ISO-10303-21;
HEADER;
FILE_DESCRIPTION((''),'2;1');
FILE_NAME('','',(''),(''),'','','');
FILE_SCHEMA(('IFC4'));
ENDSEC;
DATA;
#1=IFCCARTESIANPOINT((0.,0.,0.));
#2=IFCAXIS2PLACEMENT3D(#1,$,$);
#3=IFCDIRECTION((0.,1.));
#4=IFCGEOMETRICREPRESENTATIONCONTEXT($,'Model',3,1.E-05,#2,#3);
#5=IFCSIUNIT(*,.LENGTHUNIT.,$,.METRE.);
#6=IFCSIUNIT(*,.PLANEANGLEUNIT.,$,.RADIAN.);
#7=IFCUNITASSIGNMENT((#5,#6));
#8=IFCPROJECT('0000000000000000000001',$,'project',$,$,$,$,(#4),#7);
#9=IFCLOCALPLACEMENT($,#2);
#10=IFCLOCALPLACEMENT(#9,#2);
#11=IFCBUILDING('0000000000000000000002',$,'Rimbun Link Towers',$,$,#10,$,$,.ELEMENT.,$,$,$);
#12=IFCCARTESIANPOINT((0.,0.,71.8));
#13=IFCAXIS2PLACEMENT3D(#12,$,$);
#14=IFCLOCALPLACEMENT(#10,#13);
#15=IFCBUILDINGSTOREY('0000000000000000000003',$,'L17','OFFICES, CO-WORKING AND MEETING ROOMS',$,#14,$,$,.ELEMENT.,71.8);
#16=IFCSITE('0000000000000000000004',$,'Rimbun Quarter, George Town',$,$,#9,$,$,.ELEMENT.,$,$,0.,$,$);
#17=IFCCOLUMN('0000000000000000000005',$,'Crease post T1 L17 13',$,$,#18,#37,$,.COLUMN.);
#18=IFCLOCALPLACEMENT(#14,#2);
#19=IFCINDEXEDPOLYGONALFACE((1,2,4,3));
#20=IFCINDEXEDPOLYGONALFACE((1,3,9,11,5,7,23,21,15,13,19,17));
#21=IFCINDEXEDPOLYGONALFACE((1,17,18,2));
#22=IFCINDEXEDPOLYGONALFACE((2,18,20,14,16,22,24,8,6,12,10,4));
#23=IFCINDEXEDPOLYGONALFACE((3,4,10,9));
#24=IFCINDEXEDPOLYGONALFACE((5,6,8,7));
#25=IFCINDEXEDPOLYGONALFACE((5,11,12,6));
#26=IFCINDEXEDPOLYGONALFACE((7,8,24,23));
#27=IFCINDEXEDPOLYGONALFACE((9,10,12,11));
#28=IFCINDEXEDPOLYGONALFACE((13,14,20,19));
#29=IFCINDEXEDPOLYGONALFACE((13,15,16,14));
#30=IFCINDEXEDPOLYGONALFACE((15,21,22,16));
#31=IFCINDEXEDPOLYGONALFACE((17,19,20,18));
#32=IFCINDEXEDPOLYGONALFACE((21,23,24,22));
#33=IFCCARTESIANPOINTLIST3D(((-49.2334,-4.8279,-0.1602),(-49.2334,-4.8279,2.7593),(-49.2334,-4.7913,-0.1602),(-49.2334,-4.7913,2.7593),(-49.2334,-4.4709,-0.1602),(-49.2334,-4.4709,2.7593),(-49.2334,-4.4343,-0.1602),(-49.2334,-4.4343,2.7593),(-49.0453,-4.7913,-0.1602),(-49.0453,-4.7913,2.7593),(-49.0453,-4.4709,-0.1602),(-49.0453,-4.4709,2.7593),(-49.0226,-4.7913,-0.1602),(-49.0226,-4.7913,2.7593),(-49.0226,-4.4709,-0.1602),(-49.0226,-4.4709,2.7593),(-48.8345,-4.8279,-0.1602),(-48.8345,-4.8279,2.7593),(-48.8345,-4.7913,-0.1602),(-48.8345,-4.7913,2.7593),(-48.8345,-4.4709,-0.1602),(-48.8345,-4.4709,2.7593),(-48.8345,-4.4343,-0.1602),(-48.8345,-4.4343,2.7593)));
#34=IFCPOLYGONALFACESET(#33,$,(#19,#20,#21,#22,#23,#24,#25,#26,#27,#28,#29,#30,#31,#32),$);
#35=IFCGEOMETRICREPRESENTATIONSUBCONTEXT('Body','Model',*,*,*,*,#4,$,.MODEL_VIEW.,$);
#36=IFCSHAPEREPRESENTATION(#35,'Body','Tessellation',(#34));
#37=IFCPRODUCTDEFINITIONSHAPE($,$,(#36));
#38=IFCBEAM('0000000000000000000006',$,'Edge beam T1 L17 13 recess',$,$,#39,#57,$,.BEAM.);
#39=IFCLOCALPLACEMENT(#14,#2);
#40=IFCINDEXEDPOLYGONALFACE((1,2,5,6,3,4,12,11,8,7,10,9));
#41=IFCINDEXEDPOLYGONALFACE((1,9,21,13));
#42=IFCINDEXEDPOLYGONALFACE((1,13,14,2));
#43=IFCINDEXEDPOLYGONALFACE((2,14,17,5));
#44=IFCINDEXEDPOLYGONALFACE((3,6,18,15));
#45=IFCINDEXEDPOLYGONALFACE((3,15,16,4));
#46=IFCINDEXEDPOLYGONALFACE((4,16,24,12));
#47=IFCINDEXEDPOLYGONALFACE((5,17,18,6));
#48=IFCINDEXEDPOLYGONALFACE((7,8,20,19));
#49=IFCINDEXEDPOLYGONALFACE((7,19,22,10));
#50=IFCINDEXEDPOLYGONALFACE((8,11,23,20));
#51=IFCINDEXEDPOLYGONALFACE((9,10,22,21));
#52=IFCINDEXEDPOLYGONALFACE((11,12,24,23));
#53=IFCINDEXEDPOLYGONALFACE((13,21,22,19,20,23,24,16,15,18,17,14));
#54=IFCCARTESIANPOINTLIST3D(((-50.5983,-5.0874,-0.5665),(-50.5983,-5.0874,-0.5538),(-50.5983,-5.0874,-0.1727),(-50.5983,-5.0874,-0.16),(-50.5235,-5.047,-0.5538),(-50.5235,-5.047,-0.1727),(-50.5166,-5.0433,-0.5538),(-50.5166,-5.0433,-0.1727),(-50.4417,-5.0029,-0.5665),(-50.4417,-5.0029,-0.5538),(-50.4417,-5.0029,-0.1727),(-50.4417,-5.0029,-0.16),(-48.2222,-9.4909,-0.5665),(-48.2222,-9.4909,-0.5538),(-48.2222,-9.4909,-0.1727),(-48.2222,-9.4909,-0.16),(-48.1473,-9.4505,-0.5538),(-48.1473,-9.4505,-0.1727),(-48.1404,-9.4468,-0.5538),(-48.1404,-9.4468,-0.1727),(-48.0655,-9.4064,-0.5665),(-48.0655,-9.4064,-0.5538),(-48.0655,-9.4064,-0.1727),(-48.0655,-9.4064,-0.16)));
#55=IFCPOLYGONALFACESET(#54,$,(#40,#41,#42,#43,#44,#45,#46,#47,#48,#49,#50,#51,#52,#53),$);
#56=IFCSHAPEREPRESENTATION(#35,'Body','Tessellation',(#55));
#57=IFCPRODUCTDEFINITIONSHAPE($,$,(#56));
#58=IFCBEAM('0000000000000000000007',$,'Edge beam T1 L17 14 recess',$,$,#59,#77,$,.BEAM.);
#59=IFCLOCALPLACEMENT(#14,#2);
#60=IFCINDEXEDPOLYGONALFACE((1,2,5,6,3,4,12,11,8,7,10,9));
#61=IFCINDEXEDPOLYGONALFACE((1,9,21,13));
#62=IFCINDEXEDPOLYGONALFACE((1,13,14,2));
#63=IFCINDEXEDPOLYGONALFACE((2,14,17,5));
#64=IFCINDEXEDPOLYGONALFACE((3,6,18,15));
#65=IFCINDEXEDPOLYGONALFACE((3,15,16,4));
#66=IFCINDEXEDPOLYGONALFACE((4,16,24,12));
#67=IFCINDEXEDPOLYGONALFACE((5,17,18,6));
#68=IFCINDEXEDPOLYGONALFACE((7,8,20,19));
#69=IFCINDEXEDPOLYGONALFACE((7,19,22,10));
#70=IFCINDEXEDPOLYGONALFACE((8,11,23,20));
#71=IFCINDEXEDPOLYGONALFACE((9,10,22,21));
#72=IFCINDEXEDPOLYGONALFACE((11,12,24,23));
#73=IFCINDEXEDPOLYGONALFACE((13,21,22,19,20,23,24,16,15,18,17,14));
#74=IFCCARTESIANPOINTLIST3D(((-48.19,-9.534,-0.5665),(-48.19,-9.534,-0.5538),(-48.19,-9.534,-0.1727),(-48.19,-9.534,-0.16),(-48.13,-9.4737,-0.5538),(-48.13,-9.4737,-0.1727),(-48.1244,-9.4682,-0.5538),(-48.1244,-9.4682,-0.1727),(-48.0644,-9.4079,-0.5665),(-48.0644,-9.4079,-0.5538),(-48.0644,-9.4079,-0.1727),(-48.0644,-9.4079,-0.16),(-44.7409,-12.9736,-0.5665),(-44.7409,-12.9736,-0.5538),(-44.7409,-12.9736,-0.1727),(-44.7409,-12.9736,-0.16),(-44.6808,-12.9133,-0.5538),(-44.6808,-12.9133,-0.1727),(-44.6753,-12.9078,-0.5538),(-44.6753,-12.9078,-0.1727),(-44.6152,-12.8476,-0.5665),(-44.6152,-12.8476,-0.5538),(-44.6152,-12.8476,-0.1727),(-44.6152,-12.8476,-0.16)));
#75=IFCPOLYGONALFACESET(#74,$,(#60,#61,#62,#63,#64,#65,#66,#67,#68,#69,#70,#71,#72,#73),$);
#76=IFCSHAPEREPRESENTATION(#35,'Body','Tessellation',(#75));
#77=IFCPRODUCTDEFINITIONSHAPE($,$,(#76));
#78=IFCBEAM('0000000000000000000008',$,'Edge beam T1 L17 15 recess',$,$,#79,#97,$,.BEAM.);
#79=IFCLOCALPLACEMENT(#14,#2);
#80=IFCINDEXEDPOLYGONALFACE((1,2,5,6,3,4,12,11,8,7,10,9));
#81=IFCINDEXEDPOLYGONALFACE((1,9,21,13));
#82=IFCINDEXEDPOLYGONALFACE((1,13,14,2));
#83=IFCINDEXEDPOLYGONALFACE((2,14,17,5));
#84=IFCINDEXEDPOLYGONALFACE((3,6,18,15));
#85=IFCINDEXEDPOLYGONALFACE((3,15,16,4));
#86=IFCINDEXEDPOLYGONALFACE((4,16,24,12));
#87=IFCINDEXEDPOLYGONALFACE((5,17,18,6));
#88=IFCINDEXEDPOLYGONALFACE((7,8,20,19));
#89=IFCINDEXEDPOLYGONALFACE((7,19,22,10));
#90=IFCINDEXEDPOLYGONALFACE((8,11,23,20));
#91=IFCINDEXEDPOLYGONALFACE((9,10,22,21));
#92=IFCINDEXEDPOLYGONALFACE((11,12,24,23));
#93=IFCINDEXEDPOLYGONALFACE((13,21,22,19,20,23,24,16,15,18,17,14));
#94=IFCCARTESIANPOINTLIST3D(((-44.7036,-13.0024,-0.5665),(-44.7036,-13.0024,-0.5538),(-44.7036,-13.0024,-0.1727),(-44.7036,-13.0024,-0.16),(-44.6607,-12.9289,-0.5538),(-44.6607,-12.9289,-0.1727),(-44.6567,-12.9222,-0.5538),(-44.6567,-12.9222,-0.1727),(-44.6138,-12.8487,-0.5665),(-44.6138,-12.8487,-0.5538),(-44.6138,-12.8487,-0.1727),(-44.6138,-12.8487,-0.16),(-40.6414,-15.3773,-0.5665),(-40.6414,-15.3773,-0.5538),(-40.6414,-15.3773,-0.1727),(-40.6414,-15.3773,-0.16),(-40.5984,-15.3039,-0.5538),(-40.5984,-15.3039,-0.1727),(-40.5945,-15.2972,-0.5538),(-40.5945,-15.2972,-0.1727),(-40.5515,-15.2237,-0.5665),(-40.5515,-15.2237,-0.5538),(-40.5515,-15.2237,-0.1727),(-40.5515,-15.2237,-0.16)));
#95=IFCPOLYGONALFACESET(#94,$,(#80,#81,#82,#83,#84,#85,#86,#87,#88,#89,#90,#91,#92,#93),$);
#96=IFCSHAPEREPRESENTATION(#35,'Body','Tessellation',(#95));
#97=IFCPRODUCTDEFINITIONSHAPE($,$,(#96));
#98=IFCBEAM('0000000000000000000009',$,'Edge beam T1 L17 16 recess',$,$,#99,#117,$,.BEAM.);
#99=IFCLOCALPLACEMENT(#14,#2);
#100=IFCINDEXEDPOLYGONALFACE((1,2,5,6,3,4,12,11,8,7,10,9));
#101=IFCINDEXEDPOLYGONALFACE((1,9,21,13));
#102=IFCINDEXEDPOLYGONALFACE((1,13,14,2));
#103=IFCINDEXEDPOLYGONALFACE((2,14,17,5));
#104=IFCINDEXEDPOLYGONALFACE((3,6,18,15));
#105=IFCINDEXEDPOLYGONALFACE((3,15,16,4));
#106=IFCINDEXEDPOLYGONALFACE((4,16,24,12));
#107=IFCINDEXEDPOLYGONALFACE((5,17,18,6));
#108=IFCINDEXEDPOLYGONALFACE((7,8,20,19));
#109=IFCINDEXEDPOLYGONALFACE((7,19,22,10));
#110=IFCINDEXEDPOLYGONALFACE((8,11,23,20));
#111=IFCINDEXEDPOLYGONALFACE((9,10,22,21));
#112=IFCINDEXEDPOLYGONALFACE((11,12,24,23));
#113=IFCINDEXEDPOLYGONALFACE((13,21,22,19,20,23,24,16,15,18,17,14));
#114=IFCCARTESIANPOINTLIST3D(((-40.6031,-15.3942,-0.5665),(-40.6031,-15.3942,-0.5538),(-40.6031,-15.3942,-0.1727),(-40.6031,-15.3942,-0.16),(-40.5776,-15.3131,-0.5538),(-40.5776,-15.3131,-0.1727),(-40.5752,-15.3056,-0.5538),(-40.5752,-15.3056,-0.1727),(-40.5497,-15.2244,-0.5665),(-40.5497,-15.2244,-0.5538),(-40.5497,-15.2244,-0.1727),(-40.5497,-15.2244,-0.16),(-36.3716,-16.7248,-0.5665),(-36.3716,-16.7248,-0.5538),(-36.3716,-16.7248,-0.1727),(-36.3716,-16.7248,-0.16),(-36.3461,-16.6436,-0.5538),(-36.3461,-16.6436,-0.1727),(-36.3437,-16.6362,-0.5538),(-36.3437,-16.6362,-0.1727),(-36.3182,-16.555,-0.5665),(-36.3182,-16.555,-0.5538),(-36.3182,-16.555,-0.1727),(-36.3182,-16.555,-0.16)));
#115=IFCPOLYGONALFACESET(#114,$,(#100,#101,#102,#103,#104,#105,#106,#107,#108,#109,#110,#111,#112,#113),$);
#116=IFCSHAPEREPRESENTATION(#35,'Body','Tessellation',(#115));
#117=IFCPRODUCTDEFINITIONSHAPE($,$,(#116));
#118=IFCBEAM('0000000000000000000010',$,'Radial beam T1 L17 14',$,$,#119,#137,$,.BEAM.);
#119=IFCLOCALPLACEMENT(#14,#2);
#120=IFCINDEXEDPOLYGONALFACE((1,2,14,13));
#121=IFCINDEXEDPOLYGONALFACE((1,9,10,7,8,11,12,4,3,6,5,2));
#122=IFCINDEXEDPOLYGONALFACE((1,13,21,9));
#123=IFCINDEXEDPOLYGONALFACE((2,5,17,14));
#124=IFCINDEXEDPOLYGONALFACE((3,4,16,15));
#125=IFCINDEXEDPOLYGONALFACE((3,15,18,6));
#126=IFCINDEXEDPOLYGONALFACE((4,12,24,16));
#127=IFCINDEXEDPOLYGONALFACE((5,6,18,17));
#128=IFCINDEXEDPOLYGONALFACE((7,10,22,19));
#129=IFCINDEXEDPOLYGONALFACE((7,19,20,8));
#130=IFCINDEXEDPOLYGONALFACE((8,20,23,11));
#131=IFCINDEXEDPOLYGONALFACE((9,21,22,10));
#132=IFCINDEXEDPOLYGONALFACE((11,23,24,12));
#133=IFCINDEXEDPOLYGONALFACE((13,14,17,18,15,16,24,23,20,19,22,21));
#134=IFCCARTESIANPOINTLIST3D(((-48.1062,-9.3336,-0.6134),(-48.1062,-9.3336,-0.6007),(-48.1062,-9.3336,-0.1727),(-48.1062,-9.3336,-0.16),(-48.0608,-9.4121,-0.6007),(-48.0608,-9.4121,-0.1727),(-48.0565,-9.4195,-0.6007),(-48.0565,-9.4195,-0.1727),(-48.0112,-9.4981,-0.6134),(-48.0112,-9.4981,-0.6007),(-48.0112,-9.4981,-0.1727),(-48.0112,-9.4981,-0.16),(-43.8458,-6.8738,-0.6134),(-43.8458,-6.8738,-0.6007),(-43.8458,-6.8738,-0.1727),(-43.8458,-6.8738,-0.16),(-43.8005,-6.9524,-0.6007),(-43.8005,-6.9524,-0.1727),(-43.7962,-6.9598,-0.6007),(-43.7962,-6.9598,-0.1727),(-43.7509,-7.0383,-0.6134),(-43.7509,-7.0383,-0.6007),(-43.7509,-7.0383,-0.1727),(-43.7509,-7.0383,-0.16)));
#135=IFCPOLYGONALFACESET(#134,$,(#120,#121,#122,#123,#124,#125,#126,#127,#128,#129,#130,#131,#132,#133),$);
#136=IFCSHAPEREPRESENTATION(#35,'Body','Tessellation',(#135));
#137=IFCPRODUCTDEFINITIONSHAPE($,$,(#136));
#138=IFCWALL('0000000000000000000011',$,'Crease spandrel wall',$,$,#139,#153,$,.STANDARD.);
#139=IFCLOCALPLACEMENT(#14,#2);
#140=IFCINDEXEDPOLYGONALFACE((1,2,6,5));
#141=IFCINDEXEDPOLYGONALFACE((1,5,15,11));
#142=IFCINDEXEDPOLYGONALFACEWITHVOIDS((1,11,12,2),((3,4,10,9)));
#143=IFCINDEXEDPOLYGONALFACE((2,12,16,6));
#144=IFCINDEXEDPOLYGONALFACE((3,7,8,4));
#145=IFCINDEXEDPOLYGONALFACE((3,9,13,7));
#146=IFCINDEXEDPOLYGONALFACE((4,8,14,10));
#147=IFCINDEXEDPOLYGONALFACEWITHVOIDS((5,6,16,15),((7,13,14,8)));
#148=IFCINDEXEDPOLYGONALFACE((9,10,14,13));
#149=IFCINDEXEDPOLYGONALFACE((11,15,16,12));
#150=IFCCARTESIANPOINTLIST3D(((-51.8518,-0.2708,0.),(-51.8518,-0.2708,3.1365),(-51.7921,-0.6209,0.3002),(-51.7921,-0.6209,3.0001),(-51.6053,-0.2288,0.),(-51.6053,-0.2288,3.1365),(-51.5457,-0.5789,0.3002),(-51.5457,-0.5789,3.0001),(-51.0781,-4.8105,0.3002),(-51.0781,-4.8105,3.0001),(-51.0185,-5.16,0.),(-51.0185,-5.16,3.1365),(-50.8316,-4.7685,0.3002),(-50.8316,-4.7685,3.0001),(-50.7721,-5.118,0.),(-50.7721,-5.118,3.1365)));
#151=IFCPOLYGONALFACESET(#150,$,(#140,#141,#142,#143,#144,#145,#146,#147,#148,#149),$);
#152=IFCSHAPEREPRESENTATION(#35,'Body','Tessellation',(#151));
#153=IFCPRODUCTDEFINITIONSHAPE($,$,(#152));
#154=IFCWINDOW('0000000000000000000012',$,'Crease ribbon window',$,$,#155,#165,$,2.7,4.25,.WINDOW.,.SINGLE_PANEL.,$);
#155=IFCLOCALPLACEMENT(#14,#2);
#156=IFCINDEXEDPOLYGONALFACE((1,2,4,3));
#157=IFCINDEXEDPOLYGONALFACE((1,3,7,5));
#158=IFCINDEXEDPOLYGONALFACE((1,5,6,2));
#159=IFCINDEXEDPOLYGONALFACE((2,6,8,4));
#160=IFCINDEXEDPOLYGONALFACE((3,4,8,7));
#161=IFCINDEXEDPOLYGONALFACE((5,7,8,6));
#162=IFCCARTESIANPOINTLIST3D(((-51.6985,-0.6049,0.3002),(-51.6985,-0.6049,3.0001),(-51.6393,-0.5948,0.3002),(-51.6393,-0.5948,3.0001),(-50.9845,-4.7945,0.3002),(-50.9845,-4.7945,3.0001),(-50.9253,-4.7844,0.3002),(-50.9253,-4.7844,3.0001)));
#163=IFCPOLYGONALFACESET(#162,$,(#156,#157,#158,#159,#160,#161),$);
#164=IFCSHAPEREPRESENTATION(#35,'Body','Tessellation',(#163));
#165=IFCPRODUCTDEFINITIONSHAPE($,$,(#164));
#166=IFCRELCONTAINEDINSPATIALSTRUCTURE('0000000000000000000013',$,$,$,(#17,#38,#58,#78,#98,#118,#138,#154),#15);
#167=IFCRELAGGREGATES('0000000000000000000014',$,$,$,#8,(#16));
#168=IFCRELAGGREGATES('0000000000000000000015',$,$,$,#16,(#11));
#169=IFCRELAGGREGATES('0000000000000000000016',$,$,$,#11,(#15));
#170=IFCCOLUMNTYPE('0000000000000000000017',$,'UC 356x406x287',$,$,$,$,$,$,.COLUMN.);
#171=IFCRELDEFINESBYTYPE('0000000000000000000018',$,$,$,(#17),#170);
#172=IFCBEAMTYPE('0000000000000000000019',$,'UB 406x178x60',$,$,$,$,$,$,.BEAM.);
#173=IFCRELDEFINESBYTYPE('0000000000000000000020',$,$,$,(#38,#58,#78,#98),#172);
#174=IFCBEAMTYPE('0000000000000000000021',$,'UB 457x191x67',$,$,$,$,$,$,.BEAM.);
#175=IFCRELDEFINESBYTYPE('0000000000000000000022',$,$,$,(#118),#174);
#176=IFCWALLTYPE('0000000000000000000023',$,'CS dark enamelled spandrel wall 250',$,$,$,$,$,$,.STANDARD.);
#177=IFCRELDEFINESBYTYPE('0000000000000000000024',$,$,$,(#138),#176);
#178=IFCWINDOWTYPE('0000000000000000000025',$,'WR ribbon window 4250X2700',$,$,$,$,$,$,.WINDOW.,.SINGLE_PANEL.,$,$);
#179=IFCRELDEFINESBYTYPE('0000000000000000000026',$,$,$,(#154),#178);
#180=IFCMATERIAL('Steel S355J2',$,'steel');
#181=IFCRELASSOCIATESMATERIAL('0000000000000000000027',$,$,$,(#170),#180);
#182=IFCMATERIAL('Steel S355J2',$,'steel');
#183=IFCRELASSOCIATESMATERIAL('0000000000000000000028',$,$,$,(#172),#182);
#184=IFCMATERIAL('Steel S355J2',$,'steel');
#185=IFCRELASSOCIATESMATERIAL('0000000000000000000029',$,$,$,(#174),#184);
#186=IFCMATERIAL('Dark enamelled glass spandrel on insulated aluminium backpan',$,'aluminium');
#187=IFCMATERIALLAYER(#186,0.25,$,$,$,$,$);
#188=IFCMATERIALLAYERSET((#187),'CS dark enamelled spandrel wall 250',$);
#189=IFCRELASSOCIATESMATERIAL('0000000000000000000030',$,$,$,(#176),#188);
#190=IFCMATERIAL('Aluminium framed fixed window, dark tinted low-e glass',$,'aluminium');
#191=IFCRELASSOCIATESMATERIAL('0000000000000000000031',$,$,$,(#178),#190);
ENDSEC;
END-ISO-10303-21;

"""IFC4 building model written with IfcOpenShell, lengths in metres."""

from ifc_helpers import new_model, si_unit, direction, frame, frame_2d, origin, origin_2d, place, context, subcontext, project, spatial, rectangle, i_section, extrude, material, layer, layer_set, material_profile, profile_set, type_object, element, fill, save


model = new_model("IFC4")

# Units and contexts
model_context = context("Model", 3, precision=1e-05, world=origin(), true_north=direction((0.0, 1.0)))
body_context = subcontext(model_context, "Body", "Model", "MODEL_VIEW")
ifc_project = project(units=[si_unit("LENGTHUNIT", "METRE"), si_unit("PLANEANGLEUNIT", "RADIAN")], contexts=[model_context])

# Site, building, storey
site_placement = place(None, origin())
site = spatial("IfcSite", under=ifc_project, at=site_placement, Name="Rimbun Quarter, George Town", CompositionType="ELEMENT", RefElevation=0.0)
building_placement = place(site_placement, origin())
building = spatial("IfcBuilding", under=site, at=building_placement, Name="Rimbun Link Towers", CompositionType="ELEMENT")
storey_placement = place(building_placement, frame((0.0, 0.0, 71.8)))
storey = spatial("IfcBuildingStorey", under=building, at=storey_placement, Name="L17", Description="OFFICES, CO-WORKING AND MEETING ROOMS", CompositionType="ELEMENT", Elevation=71.8)

# Column
ifc_material_1 = material(Name="Steel S355J2", Category="steel")
ifc_material_profile_1 = material_profile(ifc_material_1, i_section(OverallWidth=0.3989, OverallDepth=0.3936, WebThickness=0.0227, FlangeThickness=0.0366, at=origin_2d()), Name="UC 356x406x287")
ifc_profile_set_1 = profile_set([ifc_material_profile_1], Name="Steel S355J2")
column_type = type_object("IfcColumnType", Name="UC 356x406x287", PredefinedType="COLUMN", material=ifc_profile_set_1)
column_placement = place(storey_placement, frame((-49.0339, -4.6311, -0.1602), z_axis=(0.0, 0.0, 1.0), x_axis=(1.0, 0.0, 0.0)))
element("IfcColumn", 1, at=column_placement, inside=storey, type_object=column_type, Name="Crease post T1 L17 13", PredefinedType="COLUMN", context=body_context, shape_type="SweptSolid", body=[
    extrude(i_section(OverallWidth=0.3989, OverallDepth=0.3936, WebThickness=0.0227, FlangeThickness=0.0366, at=origin_2d()), origin(), (0.0, 0.0, 1.0), 2.9194),
])

# Beams
ifc_material_2 = material(Name="Steel S355J2", Category="steel")
ifc_material_profile_2 = material_profile(ifc_material_2, i_section(OverallWidth=0.178, OverallDepth=0.4065, WebThickness=0.0078, FlangeThickness=0.0127, at=origin_2d()), Name="UB 406x178x60")
ifc_profile_set_2 = profile_set([ifc_material_profile_2], Name="Steel S355J2")
beam_type_1 = type_object("IfcBeamType", Name="UB 406x178x60", PredefinedType="BEAM", material=ifc_profile_set_2)
beam_1_placement = place(storey_placement, frame((-50.52, -5.0452, -0.3633), z_axis=(0.474885, -0.880048, 0.0), x_axis=(0.880048, 0.474885, 0.0)))
element("IfcBeam", 2, at=beam_1_placement, inside=storey, type_object=beam_type_1, Name="Edge beam T1 L17 13 recess", PredefinedType="BEAM", context=body_context, shape_type="SweptSolid", body=[
    extrude(i_section(OverallWidth=0.178, OverallDepth=0.4065, WebThickness=0.0078, FlangeThickness=0.0127, at=origin_2d()), origin(), (0.0, 0.0, 1.0), 5.0037),
])
beam_2_placement = place(storey_placement, frame((-48.1272, -9.4709, -0.3633), z_axis=(0.708083, -0.706129, 0.0), x_axis=(0.706129, 0.708083, 0.0)))
element("IfcBeam", 3, at=beam_2_placement, inside=storey, type_object=beam_type_1, Name="Edge beam T1 L17 14 recess", PredefinedType="BEAM", context=body_context, shape_type="SweptSolid", body=[
    extrude(i_section(OverallWidth=0.178, OverallDepth=0.4065, WebThickness=0.0078, FlangeThickness=0.0127, at=origin_2d()), origin(), (0.0, 0.0, 1.0), 4.8711),
])
beam_3_placement = place(storey_placement, frame((-44.6587, -12.9255, -0.3633), z_axis=(0.863284, -0.504719, 0.0), x_axis=(0.504719, 0.863284, 0.0)))
element("IfcBeam", 4, at=beam_3_placement, inside=storey, type_object=beam_type_1, Name="Edge beam T1 L17 15 recess", PredefinedType="BEAM", context=body_context, shape_type="SweptSolid", body=[
    extrude(i_section(OverallWidth=0.178, OverallDepth=0.4065, WebThickness=0.0078, FlangeThickness=0.0127, at=origin_2d()), origin(), (0.0, 0.0, 1.0), 4.7056),
])
beam_4_placement = place(storey_placement, frame((-40.5764, -15.3093, -0.3633), z_axis=(0.95395, -0.299967, 0.0), x_axis=(0.299967, 0.95395, 0.0)))
element("IfcBeam", 5, at=beam_4_placement, inside=storey, type_object=beam_type_1, Name="Edge beam T1 L17 16 recess", PredefinedType="BEAM", context=body_context, shape_type="SweptSolid", body=[
    extrude(i_section(OverallWidth=0.178, OverallDepth=0.4065, WebThickness=0.0078, FlangeThickness=0.0127, at=origin_2d()), origin(), (0.0, 0.0, 1.0), 4.4358),
])
ifc_material_3 = material(Name="Steel S355J2", Category="steel")
ifc_material_profile_3 = material_profile(ifc_material_3, i_section(OverallWidth=0.1899, OverallDepth=0.4534, WebThickness=0.0085, FlangeThickness=0.0127, at=origin_2d()), Name="UB 457x191x67")
ifc_profile_set_3 = profile_set([ifc_material_profile_3], Name="Steel S355J2")
beam_type_2 = type_object("IfcBeamType", Name="UB 457x191x67", PredefinedType="BEAM", material=ifc_profile_set_3)
beam_5_placement = place(storey_placement, frame((-43.7983, -6.9561, -0.3867), z_axis=(-0.86602, -0.500009, 0.0), x_axis=(0.500009, -0.86602, 0.0)))
element("IfcBeam", 6, at=beam_5_placement, inside=storey, type_object=beam_type_2, Name="Radial beam T1 L17 14", PredefinedType="BEAM", context=body_context, shape_type="SweptSolid", body=[
    extrude(i_section(OverallWidth=0.1899, OverallDepth=0.4534, WebThickness=0.0085, FlangeThickness=0.0127, at=origin_2d()), origin(), (0.0, 0.0, 1.0), 4.9194),
])

# Wall, opening, window
ifc_material_4 = material(Name="Dark enamelled glass spandrel on insulated aluminium backpan", Category="aluminium")
ifc_layer_1 = layer(ifc_material_4, 0.25)
ifc_layer_set_1 = layer_set([ifc_layer_1], Name="CS dark enamelled spandrel wall 250")
wall_type_1 = type_object("IfcWallType", Name="CS dark enamelled spandrel wall 250", PredefinedType="STANDARD", material=ifc_layer_set_1)
wall_1_placement = place(storey_placement, frame((-50.8953, -5.1392, 0.0), z_axis=(0.0, 0.0, 1.0), x_axis=(-0.168006, 0.985786, 0.0)))
wall_1 = element("IfcWall", 7, at=wall_1_placement, inside=storey, type_object=wall_type_1, Name="Crease spandrel wall", PredefinedType="STANDARD", context=body_context, shape_type="SweptSolid", body=[
    extrude(rectangle(XDim=4.9597, YDim=0.25, at=frame_2d((2.48, 0.0))), origin(), (0.0, 0.0, 1.0), 3.1365),
])
opening_1_placement = place(wall_1_placement, frame((0.3547, 0.0, 0.3)))
opening_1 = element("IfcOpeningElement", 8, at=opening_1_placement, cuts=wall_1, PredefinedType="OPENING", context=body_context, shape_type="SweptSolid", body=[
    extrude(rectangle(XDim=4.25, YDim=2.7, at=frame_2d((2.125, 1.3501))), frame((0.0, 0.135, 0.0), z_axis=(0.0, -1.0, 0.0), x_axis=(1.0, 0.0, 0.0)), (0.0, 0.0, 1.0), 0.27),
])
ifc_material_5 = material(Name="Aluminium framed fixed window, dark tinted low-e glass", Category="aluminium")
window_type_1 = type_object("IfcWindowType", Name="WR ribbon window 4250X2700", PartitioningType="SINGLE_PANEL", PredefinedType="WINDOW", material=ifc_material_5)
window_1_placement = place(opening_1_placement, origin())
window_1 = element("IfcWindow", 9, at=window_1_placement, inside=storey, type_object=window_type_1, Name="Crease ribbon window", OverallHeight=2.7, OverallWidth=4.25, PartitioningType="SINGLE_PANEL", PredefinedType="WINDOW", context=body_context, shape_type="SweptSolid", body=[
    extrude(rectangle(XDim=4.25, YDim=2.7, at=frame_2d((2.125, 1.3501))), frame((0.0, 0.03, 0.0), z_axis=(0.0, -1.0, 0.0), x_axis=(1.0, 0.0, 0.0)), (0.0, 0.0, 1.0), 0.0601),
])
fill(opening_1, window_1)

save(model, "model.ifc")
